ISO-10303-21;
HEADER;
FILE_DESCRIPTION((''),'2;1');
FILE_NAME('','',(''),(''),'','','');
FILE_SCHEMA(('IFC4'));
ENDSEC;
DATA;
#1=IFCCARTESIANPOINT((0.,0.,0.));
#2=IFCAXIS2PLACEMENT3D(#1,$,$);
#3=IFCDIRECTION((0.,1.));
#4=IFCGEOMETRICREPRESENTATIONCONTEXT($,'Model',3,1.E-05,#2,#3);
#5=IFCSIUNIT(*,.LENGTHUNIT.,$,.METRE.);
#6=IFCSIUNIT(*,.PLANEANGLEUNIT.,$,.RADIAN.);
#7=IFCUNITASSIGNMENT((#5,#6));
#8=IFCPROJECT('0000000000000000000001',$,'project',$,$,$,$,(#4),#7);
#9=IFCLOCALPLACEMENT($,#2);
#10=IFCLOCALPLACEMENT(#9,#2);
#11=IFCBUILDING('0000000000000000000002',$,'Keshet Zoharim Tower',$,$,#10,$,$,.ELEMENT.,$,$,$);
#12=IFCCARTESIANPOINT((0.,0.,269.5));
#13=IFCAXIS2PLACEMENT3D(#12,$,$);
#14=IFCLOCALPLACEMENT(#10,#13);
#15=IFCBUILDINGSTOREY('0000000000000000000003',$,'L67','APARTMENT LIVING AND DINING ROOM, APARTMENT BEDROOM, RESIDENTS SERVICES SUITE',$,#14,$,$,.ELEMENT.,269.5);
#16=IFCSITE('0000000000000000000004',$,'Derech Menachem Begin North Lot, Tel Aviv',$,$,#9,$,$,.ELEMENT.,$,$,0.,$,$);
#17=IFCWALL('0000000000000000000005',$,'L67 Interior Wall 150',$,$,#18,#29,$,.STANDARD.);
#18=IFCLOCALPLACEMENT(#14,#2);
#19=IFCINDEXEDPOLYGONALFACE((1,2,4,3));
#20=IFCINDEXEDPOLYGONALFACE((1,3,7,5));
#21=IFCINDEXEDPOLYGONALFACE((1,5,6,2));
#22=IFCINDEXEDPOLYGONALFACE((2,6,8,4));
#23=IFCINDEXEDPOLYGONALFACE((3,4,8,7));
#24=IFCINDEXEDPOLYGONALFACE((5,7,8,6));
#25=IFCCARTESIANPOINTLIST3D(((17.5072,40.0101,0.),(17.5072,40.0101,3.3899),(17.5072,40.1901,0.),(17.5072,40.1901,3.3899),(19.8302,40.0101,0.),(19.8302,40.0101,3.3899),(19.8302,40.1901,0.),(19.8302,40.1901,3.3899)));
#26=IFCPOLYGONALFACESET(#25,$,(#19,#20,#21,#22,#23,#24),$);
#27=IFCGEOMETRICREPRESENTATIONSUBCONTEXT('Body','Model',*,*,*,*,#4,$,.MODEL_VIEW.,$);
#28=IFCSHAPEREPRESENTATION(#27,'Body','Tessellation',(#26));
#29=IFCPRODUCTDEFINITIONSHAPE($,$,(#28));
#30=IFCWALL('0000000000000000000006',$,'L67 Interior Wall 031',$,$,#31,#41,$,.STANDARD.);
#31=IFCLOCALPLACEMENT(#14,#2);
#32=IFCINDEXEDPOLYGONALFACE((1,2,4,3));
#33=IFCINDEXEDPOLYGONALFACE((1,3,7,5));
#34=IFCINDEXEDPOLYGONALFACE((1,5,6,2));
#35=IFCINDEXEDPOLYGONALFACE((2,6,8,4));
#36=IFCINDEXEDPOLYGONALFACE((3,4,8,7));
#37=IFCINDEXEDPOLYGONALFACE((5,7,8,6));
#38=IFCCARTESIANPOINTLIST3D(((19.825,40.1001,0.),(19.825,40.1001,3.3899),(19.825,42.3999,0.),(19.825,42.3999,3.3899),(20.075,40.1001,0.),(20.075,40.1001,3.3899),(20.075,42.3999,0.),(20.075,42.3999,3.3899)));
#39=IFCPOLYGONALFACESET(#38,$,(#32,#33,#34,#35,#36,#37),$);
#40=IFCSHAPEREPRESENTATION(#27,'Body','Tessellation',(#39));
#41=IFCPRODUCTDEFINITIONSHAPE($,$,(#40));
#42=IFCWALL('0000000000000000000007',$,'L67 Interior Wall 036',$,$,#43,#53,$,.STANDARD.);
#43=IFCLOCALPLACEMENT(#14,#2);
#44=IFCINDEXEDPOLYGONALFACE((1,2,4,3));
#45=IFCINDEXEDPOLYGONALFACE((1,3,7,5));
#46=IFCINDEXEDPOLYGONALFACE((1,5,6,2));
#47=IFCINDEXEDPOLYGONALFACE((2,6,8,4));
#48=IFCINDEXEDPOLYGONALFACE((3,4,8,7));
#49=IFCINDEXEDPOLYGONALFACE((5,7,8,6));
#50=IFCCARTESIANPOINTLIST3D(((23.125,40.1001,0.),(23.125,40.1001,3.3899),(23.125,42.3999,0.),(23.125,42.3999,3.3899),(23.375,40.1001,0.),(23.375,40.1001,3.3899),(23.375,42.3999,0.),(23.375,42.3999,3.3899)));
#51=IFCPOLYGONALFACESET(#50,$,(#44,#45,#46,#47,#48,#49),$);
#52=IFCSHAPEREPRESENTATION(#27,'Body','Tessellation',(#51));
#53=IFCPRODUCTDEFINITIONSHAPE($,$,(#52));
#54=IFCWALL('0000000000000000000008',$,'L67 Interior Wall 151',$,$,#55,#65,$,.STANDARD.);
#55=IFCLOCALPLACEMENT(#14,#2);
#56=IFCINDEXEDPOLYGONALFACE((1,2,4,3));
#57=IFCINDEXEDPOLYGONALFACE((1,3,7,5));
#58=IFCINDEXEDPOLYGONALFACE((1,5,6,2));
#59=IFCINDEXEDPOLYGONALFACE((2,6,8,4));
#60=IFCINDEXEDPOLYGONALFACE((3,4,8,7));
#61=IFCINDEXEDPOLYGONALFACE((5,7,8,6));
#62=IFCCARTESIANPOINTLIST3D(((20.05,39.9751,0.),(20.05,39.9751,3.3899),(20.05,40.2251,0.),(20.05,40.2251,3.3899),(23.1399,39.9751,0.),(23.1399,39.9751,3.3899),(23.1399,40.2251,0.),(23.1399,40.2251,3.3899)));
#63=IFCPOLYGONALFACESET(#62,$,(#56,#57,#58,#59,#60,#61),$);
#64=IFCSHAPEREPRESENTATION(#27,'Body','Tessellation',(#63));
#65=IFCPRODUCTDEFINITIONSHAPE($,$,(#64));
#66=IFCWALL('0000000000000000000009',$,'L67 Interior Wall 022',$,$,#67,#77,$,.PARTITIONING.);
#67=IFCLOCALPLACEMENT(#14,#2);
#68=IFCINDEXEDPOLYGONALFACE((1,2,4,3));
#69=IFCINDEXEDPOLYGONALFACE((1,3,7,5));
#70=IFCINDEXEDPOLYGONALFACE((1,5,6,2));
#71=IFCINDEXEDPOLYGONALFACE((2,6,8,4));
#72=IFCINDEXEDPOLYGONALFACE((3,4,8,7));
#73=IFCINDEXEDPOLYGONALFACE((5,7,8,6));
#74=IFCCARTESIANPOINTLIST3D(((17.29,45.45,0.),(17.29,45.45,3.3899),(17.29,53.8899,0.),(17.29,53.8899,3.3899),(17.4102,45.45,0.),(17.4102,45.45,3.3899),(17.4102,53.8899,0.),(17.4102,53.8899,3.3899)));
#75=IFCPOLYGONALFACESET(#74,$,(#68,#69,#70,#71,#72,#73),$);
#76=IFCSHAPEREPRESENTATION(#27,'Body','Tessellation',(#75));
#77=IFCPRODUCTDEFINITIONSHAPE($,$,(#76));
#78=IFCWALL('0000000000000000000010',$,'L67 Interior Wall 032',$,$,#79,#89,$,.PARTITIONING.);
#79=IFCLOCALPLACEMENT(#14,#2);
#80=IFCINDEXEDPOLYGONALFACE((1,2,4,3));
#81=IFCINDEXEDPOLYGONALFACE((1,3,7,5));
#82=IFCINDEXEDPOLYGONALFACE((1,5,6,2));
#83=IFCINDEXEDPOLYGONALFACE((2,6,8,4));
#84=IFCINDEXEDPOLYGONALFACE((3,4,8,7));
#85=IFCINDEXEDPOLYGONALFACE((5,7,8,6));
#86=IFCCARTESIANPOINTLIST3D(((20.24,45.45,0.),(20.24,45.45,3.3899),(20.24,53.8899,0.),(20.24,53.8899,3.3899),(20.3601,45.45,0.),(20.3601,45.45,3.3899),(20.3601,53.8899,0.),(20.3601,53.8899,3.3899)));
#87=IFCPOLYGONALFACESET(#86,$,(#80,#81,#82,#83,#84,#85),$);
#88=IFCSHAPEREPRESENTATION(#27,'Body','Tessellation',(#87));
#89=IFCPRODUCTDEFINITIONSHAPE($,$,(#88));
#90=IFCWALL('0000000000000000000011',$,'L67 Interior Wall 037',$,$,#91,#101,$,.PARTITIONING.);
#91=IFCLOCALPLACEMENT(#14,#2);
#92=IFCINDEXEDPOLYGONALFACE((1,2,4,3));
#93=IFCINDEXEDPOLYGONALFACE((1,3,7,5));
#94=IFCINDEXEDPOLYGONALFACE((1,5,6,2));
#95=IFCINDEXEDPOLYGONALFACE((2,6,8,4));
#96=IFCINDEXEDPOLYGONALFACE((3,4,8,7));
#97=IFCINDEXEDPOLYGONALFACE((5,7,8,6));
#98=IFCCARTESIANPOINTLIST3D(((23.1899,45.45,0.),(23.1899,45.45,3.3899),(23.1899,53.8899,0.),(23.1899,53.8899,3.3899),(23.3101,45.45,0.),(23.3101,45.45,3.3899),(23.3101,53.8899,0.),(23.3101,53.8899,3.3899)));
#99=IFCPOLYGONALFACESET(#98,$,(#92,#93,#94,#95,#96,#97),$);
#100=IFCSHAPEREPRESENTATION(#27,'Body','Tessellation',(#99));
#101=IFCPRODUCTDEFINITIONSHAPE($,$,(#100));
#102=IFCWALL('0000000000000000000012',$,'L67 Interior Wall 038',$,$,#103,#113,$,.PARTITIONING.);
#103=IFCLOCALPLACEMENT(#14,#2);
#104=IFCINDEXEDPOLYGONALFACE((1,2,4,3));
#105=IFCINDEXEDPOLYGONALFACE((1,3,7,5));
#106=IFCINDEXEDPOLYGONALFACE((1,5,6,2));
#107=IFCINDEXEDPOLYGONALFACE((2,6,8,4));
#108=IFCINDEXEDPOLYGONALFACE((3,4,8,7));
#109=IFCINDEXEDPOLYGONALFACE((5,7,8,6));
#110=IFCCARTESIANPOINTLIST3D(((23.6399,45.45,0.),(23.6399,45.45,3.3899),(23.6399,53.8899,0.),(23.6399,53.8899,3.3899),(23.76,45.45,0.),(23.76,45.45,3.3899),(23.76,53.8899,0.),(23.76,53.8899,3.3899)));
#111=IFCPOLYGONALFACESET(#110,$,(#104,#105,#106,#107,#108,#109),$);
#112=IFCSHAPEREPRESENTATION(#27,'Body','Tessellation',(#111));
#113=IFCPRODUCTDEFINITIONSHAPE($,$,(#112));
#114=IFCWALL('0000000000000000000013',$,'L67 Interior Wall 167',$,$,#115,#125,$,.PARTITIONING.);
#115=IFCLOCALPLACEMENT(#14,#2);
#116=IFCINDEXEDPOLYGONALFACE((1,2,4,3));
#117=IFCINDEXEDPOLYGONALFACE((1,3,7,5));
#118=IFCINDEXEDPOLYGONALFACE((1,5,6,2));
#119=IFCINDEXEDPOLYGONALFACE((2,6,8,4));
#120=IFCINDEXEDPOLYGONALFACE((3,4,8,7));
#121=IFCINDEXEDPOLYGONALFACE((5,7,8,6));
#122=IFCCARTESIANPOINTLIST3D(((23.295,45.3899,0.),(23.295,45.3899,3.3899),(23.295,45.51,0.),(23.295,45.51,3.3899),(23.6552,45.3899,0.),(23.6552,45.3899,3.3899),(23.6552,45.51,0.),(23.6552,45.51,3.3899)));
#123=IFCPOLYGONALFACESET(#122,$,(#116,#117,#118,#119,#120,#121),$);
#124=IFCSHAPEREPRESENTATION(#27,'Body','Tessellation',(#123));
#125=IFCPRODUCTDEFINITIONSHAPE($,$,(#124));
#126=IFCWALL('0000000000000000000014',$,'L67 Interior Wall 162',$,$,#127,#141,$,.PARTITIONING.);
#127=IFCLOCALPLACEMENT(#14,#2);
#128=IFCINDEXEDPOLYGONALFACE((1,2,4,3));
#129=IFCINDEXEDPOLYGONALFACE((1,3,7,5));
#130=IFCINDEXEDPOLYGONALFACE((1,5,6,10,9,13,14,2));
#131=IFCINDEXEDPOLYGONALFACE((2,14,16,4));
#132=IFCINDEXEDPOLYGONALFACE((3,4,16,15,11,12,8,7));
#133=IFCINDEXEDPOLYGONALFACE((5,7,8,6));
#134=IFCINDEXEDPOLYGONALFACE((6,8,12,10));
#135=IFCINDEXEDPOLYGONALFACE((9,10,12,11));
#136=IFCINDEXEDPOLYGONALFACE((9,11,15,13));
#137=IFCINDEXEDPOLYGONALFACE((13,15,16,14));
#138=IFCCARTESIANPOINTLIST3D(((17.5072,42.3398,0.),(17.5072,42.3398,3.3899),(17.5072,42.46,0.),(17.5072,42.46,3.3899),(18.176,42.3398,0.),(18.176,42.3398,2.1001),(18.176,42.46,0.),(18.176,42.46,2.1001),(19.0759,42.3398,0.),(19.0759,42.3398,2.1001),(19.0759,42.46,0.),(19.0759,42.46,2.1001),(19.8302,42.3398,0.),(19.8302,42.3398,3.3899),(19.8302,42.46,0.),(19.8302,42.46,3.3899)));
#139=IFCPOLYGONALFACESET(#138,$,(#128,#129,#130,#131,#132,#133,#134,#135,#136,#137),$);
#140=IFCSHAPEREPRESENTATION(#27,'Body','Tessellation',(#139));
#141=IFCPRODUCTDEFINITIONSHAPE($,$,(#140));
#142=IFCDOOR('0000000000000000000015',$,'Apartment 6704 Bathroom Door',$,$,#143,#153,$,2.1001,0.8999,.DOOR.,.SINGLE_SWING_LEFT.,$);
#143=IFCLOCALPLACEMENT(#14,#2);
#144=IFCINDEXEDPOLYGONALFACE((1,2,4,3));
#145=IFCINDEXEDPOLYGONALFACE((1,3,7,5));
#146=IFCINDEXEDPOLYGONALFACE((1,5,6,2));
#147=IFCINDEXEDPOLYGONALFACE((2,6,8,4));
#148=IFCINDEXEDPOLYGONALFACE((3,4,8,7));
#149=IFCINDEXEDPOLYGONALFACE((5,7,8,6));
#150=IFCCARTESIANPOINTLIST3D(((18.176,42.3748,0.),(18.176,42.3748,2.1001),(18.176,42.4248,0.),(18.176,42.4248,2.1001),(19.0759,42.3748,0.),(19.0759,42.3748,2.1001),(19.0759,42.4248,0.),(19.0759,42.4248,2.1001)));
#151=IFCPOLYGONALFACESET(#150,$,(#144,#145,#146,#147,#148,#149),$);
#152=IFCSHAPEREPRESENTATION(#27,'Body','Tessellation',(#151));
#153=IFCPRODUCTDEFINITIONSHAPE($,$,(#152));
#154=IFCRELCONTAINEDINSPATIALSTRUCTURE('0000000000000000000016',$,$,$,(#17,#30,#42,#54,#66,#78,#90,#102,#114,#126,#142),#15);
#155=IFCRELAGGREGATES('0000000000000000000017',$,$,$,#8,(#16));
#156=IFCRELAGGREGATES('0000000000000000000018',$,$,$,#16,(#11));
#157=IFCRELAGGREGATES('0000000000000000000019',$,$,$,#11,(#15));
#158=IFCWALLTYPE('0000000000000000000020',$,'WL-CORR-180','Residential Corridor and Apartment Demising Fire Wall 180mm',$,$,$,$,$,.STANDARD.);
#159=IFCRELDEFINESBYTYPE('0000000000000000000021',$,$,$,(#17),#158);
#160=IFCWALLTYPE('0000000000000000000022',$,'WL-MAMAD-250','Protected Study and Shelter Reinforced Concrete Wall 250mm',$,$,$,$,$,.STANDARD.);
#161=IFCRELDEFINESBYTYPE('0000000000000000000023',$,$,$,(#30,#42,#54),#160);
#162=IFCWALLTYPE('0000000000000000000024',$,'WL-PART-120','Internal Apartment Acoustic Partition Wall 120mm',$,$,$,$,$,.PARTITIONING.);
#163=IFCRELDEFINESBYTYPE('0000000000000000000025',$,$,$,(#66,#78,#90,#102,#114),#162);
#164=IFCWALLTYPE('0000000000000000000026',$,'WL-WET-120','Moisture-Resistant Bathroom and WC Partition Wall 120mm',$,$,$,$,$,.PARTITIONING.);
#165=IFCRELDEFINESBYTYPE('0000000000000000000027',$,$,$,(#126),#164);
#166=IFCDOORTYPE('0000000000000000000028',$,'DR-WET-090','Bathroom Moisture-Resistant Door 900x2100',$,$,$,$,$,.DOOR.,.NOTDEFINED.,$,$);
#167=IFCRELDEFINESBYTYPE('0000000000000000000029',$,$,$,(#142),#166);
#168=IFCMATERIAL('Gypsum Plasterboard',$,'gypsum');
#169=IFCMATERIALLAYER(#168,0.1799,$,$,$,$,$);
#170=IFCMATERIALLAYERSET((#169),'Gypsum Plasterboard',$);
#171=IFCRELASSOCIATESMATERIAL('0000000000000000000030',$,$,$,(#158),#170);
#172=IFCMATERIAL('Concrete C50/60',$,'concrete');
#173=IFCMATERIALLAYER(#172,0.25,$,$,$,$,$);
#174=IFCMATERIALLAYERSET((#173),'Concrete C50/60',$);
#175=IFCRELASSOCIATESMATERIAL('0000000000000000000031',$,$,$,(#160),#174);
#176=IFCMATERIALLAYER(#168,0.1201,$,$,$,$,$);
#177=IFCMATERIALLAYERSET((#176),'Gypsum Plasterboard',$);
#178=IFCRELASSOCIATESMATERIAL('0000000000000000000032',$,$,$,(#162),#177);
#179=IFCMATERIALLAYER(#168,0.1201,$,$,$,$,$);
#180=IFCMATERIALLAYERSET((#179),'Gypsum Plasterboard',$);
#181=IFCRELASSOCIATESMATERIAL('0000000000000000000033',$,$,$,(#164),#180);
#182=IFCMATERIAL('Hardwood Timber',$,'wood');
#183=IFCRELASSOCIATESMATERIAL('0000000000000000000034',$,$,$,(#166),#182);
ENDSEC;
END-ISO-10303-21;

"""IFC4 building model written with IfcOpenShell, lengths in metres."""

from ifc_helpers import new_model, si_unit, direction, frame, frame_2d, origin, place, context, subcontext, project, spatial, rectangle, extrude, material, layer, layer_set, type_object, element, fill, save


model = new_model("IFC4")

# Units and contexts
model_context = context("Model", 3, precision=1e-05, world=origin(), true_north=direction((0.0, 1.0)))
body_context = subcontext(model_context, "Body", "Model", "MODEL_VIEW")
ifc_project = project(units=[si_unit("LENGTHUNIT", "METRE"), si_unit("PLANEANGLEUNIT", "RADIAN")], contexts=[model_context])

# Site, building, storey
site_placement = place(None, origin())
site = spatial("IfcSite", under=ifc_project, at=site_placement, Name="Derech Menachem Begin North Lot, Tel Aviv", CompositionType="ELEMENT", RefElevation=0.0)
building_placement = place(site_placement, origin())
building = spatial("IfcBuilding", under=site, at=building_placement, Name="Keshet Zoharim Tower", CompositionType="ELEMENT")
storey_placement = place(building_placement, frame((0.0, 0.0, 269.5)))
storey = spatial("IfcBuildingStorey", under=building, at=storey_placement, Name="L67", Description="APARTMENT LIVING AND DINING ROOM, APARTMENT BEDROOM, RESIDENTS SERVICES SUITE", CompositionType="ELEMENT", Elevation=269.5)

# Wall
ifc_material_1 = material(Name="Gypsum Plasterboard", Category="gypsum")
ifc_layer_1 = layer(ifc_material_1, 0.1799)
ifc_layer_set_1 = layer_set([ifc_layer_1], Name="Gypsum Plasterboard")
wall_type_1 = type_object("IfcWallType", Name="WL-CORR-180", Description="Residential Corridor and Apartment Demising Fire Wall 180mm", PredefinedType="STANDARD", material=ifc_layer_set_1)
wall_1_placement = place(storey_placement, frame((17.5071, 40.1001, 0.0), z_axis=(0.0, 0.0, 1.0), x_axis=(1.0, 0.0, 0.0)))
element("IfcWall", 1, at=wall_1_placement, inside=storey, type_object=wall_type_1, Name="L67 Interior Wall 150", PredefinedType="STANDARD", context=body_context, shape_type="SweptSolid", body=[
    extrude(rectangle(XDim=2.323, YDim=0.1799, at=frame_2d((1.1616, 0.0))), origin(), (0.0, 0.0, 1.0), 3.3899),
])

# Shared definitions
ifc_material_2 = material(Name="Hardwood Timber", Category="wood")

# Walls
ifc_material_3 = material(Name="Concrete C50/60", Category="concrete")
ifc_layer_2 = layer(ifc_material_3, 0.25)
ifc_layer_set_2 = layer_set([ifc_layer_2], Name="Concrete C50/60")
wall_type_2 = type_object("IfcWallType", Name="WL-MAMAD-250", Description="Protected Study and Shelter Reinforced Concrete Wall 250mm", PredefinedType="STANDARD", material=ifc_layer_set_2)
for number, where, z_axis, x_axis, name in (
    (2, (19.95, 40.1001, 0.0), (0.0, 0.0, 1.0), (0.0, 1.0, 0.0), "L67 Interior Wall 031"),
    (3, (23.25, 40.1001, 0.0), (0.0, 0.0, 1.0), (0.0, 1.0, 0.0), "L67 Interior Wall 036"),
):
    element("IfcWall", number, at=place(storey_placement, frame(where, z_axis=z_axis, x_axis=x_axis)), inside=storey, type_object=wall_type_2, Name=name, PredefinedType="STANDARD", context=body_context, shape_type="SweptSolid", body=[
        extrude(rectangle(XDim=2.2998, YDim=0.25, at=frame_2d((1.1499, 0.0))), origin(), (0.0, 0.0, 1.0), 3.3899),
    ])
wall_2_placement = place(storey_placement, frame((20.05, 40.1001, 0.0), z_axis=(0.0, 0.0, 1.0), x_axis=(1.0, 0.0, 0.0)))
element("IfcWall", 4, at=wall_2_placement, inside=storey, type_object=wall_type_2, Name="L67 Interior Wall 151", PredefinedType="STANDARD", context=body_context, shape_type="SweptSolid", body=[
    extrude(rectangle(XDim=3.0898, YDim=0.25, at=frame_2d((1.5449, 0.0))), origin(), (0.0, 0.0, 1.0), 3.3899),
])

# Walls
ifc_layer_3 = layer(ifc_material_1, 0.1201)
ifc_layer_set_3 = layer_set([ifc_layer_3], Name="Gypsum Plasterboard")
wall_type_3 = type_object("IfcWallType", Name="WL-PART-120", Description="Internal Apartment Acoustic Partition Wall 120mm", PredefinedType="PARTITIONING", material=ifc_layer_set_3)
for number, where, z_axis, x_axis, name in (
    (5, (17.3501, 45.45, 0.0), (0.0, 0.0, 1.0), (0.0, 1.0, 0.0), "L67 Interior Wall 022"),
    (6, (20.3, 45.45, 0.0), (0.0, 0.0, 1.0), (0.0, 1.0, 0.0), "L67 Interior Wall 032"),
    (7, (23.25, 45.45, 0.0), (0.0, 0.0, 1.0), (0.0, 1.0, 0.0), "L67 Interior Wall 037"),
    (8, (23.7, 45.45, 0.0), (0.0, 0.0, 1.0), (0.0, 1.0, 0.0), "L67 Interior Wall 038"),
):
    element("IfcWall", number, at=place(storey_placement, frame(where, z_axis=z_axis, x_axis=x_axis)), inside=storey, type_object=wall_type_3, Name=name, PredefinedType="PARTITIONING", context=body_context, shape_type="SweptSolid", body=[
        extrude(rectangle(XDim=8.4399, YDim=0.1201, at=frame_2d((4.22, 0.0))), origin(), (0.0, 0.0, 1.0), 3.3899),
    ])
wall_3_placement = place(storey_placement, frame((23.2949, 45.45, 0.0), z_axis=(0.0, 0.0, 1.0), x_axis=(1.0, 0.0, 0.0)))
element("IfcWall", 9, at=wall_3_placement, inside=storey, type_object=wall_type_3, Name="L67 Interior Wall 167", PredefinedType="PARTITIONING", context=body_context, shape_type="SweptSolid", body=[
    extrude(rectangle(XDim=0.3601, YDim=0.1201, at=frame_2d((0.1802, 0.0))), origin(), (0.0, 0.0, 1.0), 3.3899),
])

# Wall, opening, door
ifc_layer_4 = layer(ifc_material_1, 0.1201)
ifc_layer_set_4 = layer_set([ifc_layer_4], Name="Gypsum Plasterboard")
wall_type_4 = type_object("IfcWallType", Name="WL-WET-120", Description="Moisture-Resistant Bathroom and WC Partition Wall 120mm", PredefinedType="PARTITIONING", material=ifc_layer_set_4)
wall_4_placement = place(storey_placement, frame((17.5071, 42.3999, 0.0), z_axis=(0.0, 0.0, 1.0), x_axis=(1.0, 0.0, 0.0)))
wall_4 = element("IfcWall", 10, at=wall_4_placement, inside=storey, type_object=wall_type_4, Name="L67 Interior Wall 162", PredefinedType="PARTITIONING", context=body_context, shape_type="SweptSolid", body=[
    extrude(rectangle(XDim=2.323, YDim=0.1201, at=frame_2d((1.1616, 0.0))), origin(), (0.0, 0.0, 1.0), 3.3899),
])
opening_1_placement = place(wall_4_placement, frame((0.6689, 0.0, 0.0)))
opening_1 = element("IfcOpeningElement", 11, at=opening_1_placement, cuts=wall_4, PredefinedType="OPENING", context=body_context, shape_type="SweptSolid", body=[
    extrude(rectangle(XDim=0.8999, YDim=2.1001, at=frame_2d((0.45, 1.05))), frame((0.0, 0.0701, 0.0), z_axis=(0.0, -1.0, 0.0), x_axis=(1.0, 0.0, 0.0)), (0.0, 0.0, 1.0), 0.1401),
])
door_type_1 = type_object("IfcDoorType", Name="DR-WET-090", Description="Bathroom Moisture-Resistant Door 900x2100", OperationType="NOTDEFINED", PredefinedType="DOOR", material=ifc_material_2)
door_1_placement = place(opening_1_placement, origin())
door_1 = element("IfcDoor", 12, at=door_1_placement, inside=storey, type_object=door_type_1, Name="Apartment 6704 Bathroom Door", OperationType="SINGLE_SWING_LEFT", OverallHeight=2.1001, OverallWidth=0.8999, PredefinedType="DOOR", context=body_context, shape_type="SweptSolid", body=[
    extrude(rectangle(XDim=0.8999, YDim=2.1001, at=frame_2d((0.45, 1.05))), frame((0.0, 0.0249, 0.0), z_axis=(0.0, -1.0, 0.0), x_axis=(1.0, 0.0, 0.0)), (0.0, 0.0, 1.0), 0.05),
])
fill(opening_1, door_1)

save(model, "model.ifc")
